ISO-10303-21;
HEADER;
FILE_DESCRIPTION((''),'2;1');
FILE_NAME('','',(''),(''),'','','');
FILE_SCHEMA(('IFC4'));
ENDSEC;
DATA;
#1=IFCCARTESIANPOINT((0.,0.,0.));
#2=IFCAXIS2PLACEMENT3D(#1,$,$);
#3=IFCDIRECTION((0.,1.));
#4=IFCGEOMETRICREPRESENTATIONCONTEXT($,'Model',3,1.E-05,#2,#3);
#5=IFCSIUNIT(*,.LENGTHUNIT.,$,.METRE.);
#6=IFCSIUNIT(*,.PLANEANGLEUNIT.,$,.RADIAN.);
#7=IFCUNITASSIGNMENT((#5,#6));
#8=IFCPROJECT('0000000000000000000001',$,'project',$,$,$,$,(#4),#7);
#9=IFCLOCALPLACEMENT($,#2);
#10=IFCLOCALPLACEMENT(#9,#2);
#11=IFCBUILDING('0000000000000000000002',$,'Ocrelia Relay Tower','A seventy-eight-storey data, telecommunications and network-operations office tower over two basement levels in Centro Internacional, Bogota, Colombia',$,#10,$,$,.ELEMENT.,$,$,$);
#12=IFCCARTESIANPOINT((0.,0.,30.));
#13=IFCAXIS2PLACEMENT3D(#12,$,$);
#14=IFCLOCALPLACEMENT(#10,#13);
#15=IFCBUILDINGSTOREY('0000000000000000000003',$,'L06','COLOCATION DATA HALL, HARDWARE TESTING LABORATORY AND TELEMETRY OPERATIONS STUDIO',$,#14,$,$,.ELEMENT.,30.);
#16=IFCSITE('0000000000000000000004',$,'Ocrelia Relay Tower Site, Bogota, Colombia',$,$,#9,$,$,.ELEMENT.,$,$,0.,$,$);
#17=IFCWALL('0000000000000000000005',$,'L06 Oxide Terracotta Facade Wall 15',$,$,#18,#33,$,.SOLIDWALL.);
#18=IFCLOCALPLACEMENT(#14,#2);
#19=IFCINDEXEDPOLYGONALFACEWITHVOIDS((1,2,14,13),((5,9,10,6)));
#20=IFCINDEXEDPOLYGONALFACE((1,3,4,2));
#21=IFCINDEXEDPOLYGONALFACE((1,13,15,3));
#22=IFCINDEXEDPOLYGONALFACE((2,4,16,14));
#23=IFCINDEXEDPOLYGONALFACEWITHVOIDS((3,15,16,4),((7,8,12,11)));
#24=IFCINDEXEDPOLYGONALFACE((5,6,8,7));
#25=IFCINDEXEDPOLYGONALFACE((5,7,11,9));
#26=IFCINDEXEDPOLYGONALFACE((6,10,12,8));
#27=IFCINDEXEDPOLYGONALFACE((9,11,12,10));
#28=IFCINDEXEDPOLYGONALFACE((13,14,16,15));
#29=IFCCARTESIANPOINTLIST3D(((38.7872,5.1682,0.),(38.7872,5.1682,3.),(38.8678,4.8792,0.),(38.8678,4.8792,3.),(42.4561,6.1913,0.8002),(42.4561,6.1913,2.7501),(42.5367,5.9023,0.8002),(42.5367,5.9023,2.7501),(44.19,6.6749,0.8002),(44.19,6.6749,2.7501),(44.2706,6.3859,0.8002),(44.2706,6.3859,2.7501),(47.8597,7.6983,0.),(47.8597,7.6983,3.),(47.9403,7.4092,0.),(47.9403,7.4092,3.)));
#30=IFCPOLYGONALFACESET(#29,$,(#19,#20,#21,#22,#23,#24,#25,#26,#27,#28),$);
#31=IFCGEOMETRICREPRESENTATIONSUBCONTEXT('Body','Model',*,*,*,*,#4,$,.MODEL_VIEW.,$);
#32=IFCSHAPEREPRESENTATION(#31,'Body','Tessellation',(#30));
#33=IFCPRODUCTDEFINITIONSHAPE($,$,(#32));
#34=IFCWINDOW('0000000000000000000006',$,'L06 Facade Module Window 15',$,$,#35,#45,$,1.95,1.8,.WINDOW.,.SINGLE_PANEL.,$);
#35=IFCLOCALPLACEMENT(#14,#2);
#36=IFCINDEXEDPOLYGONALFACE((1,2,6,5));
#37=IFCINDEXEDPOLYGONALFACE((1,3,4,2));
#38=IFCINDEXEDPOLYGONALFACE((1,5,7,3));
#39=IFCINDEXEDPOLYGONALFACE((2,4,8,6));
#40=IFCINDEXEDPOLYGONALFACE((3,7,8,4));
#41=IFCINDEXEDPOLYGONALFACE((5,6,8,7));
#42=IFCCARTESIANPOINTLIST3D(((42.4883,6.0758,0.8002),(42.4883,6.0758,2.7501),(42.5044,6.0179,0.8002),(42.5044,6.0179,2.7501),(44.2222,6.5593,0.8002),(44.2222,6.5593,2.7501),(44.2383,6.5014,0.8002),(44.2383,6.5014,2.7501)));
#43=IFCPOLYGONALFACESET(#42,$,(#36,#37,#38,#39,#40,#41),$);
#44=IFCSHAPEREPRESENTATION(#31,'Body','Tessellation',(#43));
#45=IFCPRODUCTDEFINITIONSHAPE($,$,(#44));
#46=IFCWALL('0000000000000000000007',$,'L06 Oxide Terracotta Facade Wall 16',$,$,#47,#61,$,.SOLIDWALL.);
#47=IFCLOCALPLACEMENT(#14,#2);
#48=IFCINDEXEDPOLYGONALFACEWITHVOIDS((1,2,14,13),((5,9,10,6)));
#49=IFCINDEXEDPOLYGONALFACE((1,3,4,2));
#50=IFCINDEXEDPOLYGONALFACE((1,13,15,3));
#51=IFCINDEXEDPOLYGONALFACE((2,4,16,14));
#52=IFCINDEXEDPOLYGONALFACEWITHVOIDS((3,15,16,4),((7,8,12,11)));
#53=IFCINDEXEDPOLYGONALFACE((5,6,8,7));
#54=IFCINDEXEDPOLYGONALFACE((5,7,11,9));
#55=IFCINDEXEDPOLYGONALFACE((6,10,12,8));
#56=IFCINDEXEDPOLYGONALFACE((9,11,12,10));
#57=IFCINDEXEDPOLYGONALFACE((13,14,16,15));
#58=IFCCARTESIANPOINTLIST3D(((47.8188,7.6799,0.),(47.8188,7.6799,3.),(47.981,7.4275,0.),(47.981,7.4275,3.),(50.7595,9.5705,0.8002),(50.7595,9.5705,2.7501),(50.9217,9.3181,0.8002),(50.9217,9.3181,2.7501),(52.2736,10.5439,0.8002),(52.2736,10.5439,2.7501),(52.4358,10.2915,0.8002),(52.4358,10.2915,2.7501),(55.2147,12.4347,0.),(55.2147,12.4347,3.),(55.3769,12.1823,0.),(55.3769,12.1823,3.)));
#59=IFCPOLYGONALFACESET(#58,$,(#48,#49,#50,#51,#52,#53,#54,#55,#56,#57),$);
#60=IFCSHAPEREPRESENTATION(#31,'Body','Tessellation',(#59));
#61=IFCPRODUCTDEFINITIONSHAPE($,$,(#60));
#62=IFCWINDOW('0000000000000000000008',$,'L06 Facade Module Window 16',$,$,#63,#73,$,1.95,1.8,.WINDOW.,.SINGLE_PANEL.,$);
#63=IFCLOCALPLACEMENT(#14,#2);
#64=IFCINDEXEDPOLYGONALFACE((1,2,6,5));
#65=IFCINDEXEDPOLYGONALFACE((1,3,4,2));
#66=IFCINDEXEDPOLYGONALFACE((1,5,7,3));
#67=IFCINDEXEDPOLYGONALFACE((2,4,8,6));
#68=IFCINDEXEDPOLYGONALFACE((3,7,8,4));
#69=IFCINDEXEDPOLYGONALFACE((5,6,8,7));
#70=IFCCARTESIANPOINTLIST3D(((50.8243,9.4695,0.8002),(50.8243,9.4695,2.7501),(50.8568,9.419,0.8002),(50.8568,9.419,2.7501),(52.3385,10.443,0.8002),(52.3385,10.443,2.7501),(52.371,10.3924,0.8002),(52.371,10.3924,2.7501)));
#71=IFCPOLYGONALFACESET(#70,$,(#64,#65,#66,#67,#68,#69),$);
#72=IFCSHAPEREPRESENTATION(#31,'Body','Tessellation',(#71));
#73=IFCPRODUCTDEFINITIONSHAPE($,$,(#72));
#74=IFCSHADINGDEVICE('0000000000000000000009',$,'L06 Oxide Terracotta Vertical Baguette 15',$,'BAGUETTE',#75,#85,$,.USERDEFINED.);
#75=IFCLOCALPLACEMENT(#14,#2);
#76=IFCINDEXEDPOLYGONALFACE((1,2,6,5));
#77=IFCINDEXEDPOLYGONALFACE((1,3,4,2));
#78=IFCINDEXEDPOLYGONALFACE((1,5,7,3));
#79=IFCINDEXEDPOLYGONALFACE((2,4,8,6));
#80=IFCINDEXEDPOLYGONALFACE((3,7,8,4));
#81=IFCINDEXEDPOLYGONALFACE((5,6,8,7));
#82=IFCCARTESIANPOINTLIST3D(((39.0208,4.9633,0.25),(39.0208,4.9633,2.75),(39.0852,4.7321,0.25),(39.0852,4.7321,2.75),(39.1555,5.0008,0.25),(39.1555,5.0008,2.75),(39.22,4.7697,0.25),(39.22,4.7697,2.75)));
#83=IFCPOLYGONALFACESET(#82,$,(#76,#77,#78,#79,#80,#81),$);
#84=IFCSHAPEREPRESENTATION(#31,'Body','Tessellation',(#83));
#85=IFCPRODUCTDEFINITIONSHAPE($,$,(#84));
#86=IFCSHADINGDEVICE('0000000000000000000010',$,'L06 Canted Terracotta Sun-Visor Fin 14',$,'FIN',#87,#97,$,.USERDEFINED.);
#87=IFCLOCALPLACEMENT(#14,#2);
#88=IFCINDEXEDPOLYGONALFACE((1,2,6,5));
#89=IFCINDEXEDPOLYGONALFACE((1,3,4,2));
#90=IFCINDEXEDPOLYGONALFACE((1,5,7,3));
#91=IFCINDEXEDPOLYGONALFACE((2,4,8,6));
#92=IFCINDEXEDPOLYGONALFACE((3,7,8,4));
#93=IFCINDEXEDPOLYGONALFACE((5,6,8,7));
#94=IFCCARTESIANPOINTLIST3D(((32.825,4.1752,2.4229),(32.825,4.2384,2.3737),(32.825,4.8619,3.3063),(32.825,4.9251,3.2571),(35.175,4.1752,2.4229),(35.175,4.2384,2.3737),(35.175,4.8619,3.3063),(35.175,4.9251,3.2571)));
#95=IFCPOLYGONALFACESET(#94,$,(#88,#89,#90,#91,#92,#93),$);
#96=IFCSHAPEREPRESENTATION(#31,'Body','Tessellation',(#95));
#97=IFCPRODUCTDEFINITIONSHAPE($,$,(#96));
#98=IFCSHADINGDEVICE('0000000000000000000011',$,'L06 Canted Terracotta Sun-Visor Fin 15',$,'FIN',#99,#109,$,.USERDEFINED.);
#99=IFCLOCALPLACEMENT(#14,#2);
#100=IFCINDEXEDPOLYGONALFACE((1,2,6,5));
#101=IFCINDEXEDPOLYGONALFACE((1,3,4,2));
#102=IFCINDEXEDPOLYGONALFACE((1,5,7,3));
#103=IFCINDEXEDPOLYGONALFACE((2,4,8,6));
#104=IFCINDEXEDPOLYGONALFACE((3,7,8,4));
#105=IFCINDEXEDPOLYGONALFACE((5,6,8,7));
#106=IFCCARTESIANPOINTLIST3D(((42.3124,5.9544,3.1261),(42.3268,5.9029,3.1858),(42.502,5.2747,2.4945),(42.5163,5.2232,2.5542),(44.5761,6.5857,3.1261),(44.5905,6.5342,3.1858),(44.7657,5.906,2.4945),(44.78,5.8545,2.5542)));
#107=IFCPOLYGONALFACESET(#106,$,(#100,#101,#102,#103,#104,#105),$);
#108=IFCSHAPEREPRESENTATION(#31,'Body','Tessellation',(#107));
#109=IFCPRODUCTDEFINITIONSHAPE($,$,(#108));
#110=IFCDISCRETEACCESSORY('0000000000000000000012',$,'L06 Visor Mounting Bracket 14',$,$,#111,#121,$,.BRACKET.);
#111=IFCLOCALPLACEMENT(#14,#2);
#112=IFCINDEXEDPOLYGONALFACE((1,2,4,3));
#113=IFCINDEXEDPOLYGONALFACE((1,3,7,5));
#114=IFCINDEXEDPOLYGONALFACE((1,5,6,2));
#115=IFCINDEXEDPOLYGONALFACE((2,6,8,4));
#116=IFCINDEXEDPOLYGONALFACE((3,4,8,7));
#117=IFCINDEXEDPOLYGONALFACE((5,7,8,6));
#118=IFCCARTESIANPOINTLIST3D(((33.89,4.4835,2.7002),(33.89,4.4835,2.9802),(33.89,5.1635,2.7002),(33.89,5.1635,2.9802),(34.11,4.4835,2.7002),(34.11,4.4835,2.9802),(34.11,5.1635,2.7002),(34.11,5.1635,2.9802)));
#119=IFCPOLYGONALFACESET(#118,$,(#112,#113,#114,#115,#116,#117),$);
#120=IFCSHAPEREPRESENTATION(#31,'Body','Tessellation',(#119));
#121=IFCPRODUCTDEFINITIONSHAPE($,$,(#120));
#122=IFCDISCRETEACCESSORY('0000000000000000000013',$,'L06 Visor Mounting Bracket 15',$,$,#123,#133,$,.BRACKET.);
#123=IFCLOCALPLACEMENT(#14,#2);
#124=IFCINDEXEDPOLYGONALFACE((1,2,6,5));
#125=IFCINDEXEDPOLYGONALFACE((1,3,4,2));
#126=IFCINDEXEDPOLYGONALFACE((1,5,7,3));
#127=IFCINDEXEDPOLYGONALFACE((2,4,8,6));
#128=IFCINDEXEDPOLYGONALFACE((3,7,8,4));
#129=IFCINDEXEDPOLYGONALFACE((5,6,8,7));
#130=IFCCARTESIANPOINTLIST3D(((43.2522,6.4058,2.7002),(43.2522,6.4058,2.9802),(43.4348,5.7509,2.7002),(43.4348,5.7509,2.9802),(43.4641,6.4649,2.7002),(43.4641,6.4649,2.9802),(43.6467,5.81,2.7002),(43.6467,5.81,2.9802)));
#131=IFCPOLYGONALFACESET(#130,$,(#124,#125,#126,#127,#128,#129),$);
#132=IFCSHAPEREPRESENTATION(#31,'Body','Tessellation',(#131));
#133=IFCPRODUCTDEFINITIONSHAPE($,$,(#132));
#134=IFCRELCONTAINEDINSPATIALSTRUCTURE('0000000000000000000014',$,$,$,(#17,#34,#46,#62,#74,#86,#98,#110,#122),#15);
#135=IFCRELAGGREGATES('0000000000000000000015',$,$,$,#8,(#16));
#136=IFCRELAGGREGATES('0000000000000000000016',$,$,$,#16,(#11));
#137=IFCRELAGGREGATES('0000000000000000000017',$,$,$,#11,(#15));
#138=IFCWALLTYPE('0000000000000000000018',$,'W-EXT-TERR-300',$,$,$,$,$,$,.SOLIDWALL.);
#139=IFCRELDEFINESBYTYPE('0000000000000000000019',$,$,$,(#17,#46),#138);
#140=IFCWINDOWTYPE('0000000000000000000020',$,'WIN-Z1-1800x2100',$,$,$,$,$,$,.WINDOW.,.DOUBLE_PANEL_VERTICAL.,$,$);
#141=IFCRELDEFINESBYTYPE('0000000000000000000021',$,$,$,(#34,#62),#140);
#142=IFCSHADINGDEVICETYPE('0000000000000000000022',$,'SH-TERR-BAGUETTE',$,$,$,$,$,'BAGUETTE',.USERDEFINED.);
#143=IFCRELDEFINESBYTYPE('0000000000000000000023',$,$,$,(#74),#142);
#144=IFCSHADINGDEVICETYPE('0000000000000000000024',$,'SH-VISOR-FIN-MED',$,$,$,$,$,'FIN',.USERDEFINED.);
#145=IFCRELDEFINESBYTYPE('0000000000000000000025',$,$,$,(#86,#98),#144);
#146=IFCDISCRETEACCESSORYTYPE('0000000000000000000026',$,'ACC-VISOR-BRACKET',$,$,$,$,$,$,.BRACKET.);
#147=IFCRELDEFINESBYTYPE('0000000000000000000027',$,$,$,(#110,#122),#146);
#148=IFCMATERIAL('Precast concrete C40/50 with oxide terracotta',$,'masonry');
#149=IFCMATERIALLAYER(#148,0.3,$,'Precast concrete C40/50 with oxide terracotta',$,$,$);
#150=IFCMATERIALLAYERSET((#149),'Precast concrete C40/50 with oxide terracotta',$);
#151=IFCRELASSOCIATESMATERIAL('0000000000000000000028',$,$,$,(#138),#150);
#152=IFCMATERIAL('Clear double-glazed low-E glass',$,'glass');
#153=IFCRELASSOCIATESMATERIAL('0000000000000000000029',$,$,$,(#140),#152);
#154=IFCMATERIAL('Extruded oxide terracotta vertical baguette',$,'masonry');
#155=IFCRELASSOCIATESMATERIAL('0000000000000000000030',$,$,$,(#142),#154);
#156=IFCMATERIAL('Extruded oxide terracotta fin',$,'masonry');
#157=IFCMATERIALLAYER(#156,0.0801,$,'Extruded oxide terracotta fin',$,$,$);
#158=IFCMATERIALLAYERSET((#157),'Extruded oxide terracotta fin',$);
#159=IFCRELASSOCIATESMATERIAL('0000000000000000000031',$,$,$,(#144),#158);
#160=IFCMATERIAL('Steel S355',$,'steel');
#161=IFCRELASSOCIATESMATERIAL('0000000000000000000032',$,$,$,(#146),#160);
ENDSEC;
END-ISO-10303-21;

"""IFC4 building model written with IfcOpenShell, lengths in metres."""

from ifc_helpers import new_model, si_unit, direction, frame, frame_2d, origin, origin_2d, place, context, subcontext, project, spatial, rectangle, extrude, material, layer, layer_set, type_object, element, fill, save


model = new_model("IFC4")

# Units and contexts
model_context = context("Model", 3, precision=1e-05, world=origin(), true_north=direction((0.0, 1.0)))
body_context = subcontext(model_context, "Body", "Model", "MODEL_VIEW")
ifc_project = project(units=[si_unit("LENGTHUNIT", "METRE"), si_unit("PLANEANGLEUNIT", "RADIAN")], contexts=[model_context])

# Site, building, storey
site_placement = place(None, origin())
site = spatial("IfcSite", under=ifc_project, at=site_placement, Name="Ocrelia Relay Tower Site, Bogota, Colombia", CompositionType="ELEMENT", RefElevation=0.0)
building_placement = place(site_placement, origin())
building = spatial("IfcBuilding", under=site, at=building_placement, Name="Ocrelia Relay Tower", Description="A seventy-eight-storey data, telecommunications and network-operations office tower over two basement levels in Centro Internacional, Bogota, Colombia", CompositionType="ELEMENT")
storey_placement = place(building_placement, frame((0.0, 0.0, 30.0)))
storey = spatial("IfcBuildingStorey", under=building, at=storey_placement, Name="L06", Description="COLOCATION DATA HALL, HARDWARE TESTING LABORATORY AND TELEMETRY OPERATIONS STUDIO", CompositionType="ELEMENT", Elevation=30.0)

# Shared definitions
ifc_material_1 = material(Name="Steel S355", Category="steel")

# Walls, openings, windows
ifc_material_2 = material(Name="Precast concrete C40/50 with oxide terracotta", Category="masonry")
ifc_layer_1 = layer(ifc_material_2, 0.3, Name="Precast concrete C40/50 with oxide terracotta")
ifc_layer_set_1 = layer_set([ifc_layer_1], Name="Precast concrete C40/50 with oxide terracotta")
wall_type_1 = type_object("IfcWallType", Name="W-EXT-TERR-300", PredefinedType="SOLIDWALL", material=ifc_layer_set_1)
wall_1_placement = place(storey_placement, frame((38.8274, 5.0237, 0.0), z_axis=(0.0, 0.0, 1.0), x_axis=(0.963247, 0.268618, 0.0)))
wall_1 = element("IfcWall", 1, at=wall_1_placement, inside=storey, type_object=wall_type_1, Name="L06 Oxide Terracotta Facade Wall 15", PredefinedType="SOLIDWALL", context=body_context, shape_type="SweptSolid", body=[
    extrude(rectangle(XDim=9.4187, YDim=0.3, at=frame_2d((4.7095, 0.0))), origin(), (0.0, 0.0, 1.0), 3.0),
])
opening_1_placement = place(wall_1_placement, frame((3.8091, 0.0, 0.8)))
opening_1 = element("IfcOpeningElement", 2, at=opening_1_placement, cuts=wall_1, PredefinedType="OPENING", context=body_context, shape_type="SweptSolid", body=[
    extrude(rectangle(XDim=1.8, YDim=1.95, at=frame_2d((0.8999, 0.9751))), frame((0.0, 0.1602, 0.0), z_axis=(0.0, -1.0, 0.0), x_axis=(1.0, 0.0, 0.0)), (0.0, 0.0, 1.0), 0.3201),
])
ifc_material_3 = material(Name="Clear double-glazed low-E glass", Category="glass")
window_type = type_object("IfcWindowType", Name="WIN-Z1-1800x2100", PartitioningType="DOUBLE_PANEL_VERTICAL", PredefinedType="WINDOW", material=ifc_material_3)
window_1_placement = place(opening_1_placement, origin())
window_1 = element("IfcWindow", 3, at=window_1_placement, inside=storey, type_object=window_type, Name="L06 Facade Module Window 15", OverallHeight=1.95, OverallWidth=1.8, PartitioningType="SINGLE_PANEL", PredefinedType="WINDOW", context=body_context, shape_type="SweptSolid", body=[
    extrude(rectangle(XDim=1.8, YDim=1.95, at=frame_2d((0.8999, 0.9751))), frame((0.0, 0.03, 0.0), z_axis=(0.0, -1.0, 0.0), x_axis=(1.0, 0.0, 0.0)), (0.0, 0.0, 1.0), 0.0601),
])
fill(opening_1, window_1)
wall_2_placement = place(storey_placement, frame((47.8999, 7.5537, 0.0), z_axis=(0.0, 0.0, 1.0), x_axis=(0.841162, 0.540783, 0.0)))
wall_2 = element("IfcWall", 4, at=wall_2_placement, inside=storey, type_object=wall_type_1, Name="L06 Oxide Terracotta Facade Wall 16", PredefinedType="SOLIDWALL", context=body_context, shape_type="SweptSolid", body=[
    extrude(rectangle(XDim=8.7925, YDim=0.3, at=frame_2d((4.3962, 0.0))), origin(), (0.0, 0.0, 1.0), 3.0),
])
opening_2_placement = place(wall_2_placement, frame((3.4961, 0.0, 0.8)))
opening_2 = element("IfcOpeningElement", 5, at=opening_2_placement, cuts=wall_2, PredefinedType="OPENING", context=body_context, shape_type="SweptSolid", body=[
    extrude(rectangle(XDim=1.8, YDim=1.95, at=frame_2d((0.8999, 0.9751))), frame((0.0, 0.1602, 0.0), z_axis=(0.0, -1.0, 0.0), x_axis=(1.0, 0.0, 0.0)), (0.0, 0.0, 1.0), 0.3201),
])
window_2_placement = place(opening_2_placement, origin())
window_2 = element("IfcWindow", 6, at=window_2_placement, inside=storey, type_object=window_type, Name="L06 Facade Module Window 16", OverallHeight=1.95, OverallWidth=1.8, PartitioningType="SINGLE_PANEL", PredefinedType="WINDOW", context=body_context, shape_type="SweptSolid", body=[
    extrude(rectangle(XDim=1.8, YDim=1.95, at=frame_2d((0.8999, 0.9751))), frame((0.0, 0.03, 0.0), z_axis=(0.0, -1.0, 0.0), x_axis=(1.0, 0.0, 0.0)), (0.0, 0.0, 1.0), 0.0601),
])
fill(opening_2, window_2)

# Shading devices
ifc_material_4 = material(Name="Extruded oxide terracotta vertical baguette", Category="masonry")
shading_device_type_1 = type_object("IfcShadingDeviceType", Name="SH-TERR-BAGUETTE", ElementType="BAGUETTE", PredefinedType="USERDEFINED", material=ifc_material_4)
shading_device_1_placement = place(storey_placement, frame((39.1204, 4.8665, 0.25), z_axis=(0.0, 0.0, 1.0), x_axis=(0.963245, 0.268623, 0.0)))
element("IfcShadingDevice", 7, at=shading_device_1_placement, inside=storey, type_object=shading_device_type_1, Name="L06 Oxide Terracotta Vertical Baguette 15", ObjectType="BAGUETTE", PredefinedType="USERDEFINED", context=body_context, shape_type="SweptSolid", body=[
    extrude(rectangle(XDim=0.1399, YDim=0.24, at=origin_2d()), origin(), (0.0, 0.0, 1.0), 2.5),
])
ifc_material_5 = material(Name="Extruded oxide terracotta fin", Category="masonry")
ifc_layer_2 = layer(ifc_material_5, 0.0801, Name="Extruded oxide terracotta fin")
ifc_layer_set_2 = layer_set([ifc_layer_2], Name="Extruded oxide terracotta fin")
shading_device_type_2 = type_object("IfcShadingDeviceType", Name="SH-VISOR-FIN-MED", ElementType="FIN", PredefinedType="USERDEFINED", material=ifc_layer_set_2)
shading_device_2_placement = place(storey_placement, frame((34.0, 4.5818, 2.8154), z_axis=(0.0, -0.789513, 0.613734), x_axis=(1.0, 0.0, 0.0)))
element("IfcShadingDevice", 8, at=shading_device_2_placement, inside=storey, type_object=shading_device_type_2, Name="L06 Canted Terracotta Sun-Visor Fin 14", ObjectType="FIN", PredefinedType="USERDEFINED", context=body_context, shape_type="SweptSolid", body=[
    extrude(rectangle(XDim=2.3501, YDim=1.1189, at=origin_2d()), origin(), (0.0, 0.0, 1.0), 0.0801),
])
shading_device_3_placement = place(storey_placement, frame((43.5391, 5.9302, 2.8103), z_axis=(0.179151, -0.64241, 0.745127), x_axis=(0.963245, 0.268623, 0.0)))
element("IfcShadingDevice", 9, at=shading_device_3_placement, inside=storey, type_object=shading_device_type_2, Name="L06 Canted Terracotta Sun-Visor Fin 15", ObjectType="FIN", PredefinedType="USERDEFINED", context=body_context, shape_type="SweptSolid", body=[
    extrude(rectangle(XDim=2.3501, YDim=0.947, at=origin_2d()), origin(), (0.0, 0.0, 1.0), 0.0801),
])

# Discrete accessories
discrete_accessory_type = type_object("IfcDiscreteAccessoryType", Name="ACC-VISOR-BRACKET", PredefinedType="BRACKET", material=ifc_material_1)
for number, where, z_axis, x_axis, name in (
    (10, (34.0, 4.8235, 2.7002), (0.0, 0.0, 1.0), (1.0, 0.0, 0.0), "L06 Visor Mounting Bracket 14"),
    (11, (43.4495, 6.1079, 2.7002), (0.0, 0.0, 1.0), (0.963245, 0.268623, 0.0), "L06 Visor Mounting Bracket 15"),
):
    element("IfcDiscreteAccessory", number, at=place(storey_placement, frame(where, z_axis=z_axis, x_axis=x_axis)), inside=storey, type_object=discrete_accessory_type, Name=name, PredefinedType="BRACKET", context=body_context, shape_type="SweptSolid", body=[
        extrude(rectangle(XDim=0.22, YDim=0.6799, at=origin_2d()), origin(), (0.0, 0.0, 1.0), 0.28),
    ])

save(model, "model.ifc")
